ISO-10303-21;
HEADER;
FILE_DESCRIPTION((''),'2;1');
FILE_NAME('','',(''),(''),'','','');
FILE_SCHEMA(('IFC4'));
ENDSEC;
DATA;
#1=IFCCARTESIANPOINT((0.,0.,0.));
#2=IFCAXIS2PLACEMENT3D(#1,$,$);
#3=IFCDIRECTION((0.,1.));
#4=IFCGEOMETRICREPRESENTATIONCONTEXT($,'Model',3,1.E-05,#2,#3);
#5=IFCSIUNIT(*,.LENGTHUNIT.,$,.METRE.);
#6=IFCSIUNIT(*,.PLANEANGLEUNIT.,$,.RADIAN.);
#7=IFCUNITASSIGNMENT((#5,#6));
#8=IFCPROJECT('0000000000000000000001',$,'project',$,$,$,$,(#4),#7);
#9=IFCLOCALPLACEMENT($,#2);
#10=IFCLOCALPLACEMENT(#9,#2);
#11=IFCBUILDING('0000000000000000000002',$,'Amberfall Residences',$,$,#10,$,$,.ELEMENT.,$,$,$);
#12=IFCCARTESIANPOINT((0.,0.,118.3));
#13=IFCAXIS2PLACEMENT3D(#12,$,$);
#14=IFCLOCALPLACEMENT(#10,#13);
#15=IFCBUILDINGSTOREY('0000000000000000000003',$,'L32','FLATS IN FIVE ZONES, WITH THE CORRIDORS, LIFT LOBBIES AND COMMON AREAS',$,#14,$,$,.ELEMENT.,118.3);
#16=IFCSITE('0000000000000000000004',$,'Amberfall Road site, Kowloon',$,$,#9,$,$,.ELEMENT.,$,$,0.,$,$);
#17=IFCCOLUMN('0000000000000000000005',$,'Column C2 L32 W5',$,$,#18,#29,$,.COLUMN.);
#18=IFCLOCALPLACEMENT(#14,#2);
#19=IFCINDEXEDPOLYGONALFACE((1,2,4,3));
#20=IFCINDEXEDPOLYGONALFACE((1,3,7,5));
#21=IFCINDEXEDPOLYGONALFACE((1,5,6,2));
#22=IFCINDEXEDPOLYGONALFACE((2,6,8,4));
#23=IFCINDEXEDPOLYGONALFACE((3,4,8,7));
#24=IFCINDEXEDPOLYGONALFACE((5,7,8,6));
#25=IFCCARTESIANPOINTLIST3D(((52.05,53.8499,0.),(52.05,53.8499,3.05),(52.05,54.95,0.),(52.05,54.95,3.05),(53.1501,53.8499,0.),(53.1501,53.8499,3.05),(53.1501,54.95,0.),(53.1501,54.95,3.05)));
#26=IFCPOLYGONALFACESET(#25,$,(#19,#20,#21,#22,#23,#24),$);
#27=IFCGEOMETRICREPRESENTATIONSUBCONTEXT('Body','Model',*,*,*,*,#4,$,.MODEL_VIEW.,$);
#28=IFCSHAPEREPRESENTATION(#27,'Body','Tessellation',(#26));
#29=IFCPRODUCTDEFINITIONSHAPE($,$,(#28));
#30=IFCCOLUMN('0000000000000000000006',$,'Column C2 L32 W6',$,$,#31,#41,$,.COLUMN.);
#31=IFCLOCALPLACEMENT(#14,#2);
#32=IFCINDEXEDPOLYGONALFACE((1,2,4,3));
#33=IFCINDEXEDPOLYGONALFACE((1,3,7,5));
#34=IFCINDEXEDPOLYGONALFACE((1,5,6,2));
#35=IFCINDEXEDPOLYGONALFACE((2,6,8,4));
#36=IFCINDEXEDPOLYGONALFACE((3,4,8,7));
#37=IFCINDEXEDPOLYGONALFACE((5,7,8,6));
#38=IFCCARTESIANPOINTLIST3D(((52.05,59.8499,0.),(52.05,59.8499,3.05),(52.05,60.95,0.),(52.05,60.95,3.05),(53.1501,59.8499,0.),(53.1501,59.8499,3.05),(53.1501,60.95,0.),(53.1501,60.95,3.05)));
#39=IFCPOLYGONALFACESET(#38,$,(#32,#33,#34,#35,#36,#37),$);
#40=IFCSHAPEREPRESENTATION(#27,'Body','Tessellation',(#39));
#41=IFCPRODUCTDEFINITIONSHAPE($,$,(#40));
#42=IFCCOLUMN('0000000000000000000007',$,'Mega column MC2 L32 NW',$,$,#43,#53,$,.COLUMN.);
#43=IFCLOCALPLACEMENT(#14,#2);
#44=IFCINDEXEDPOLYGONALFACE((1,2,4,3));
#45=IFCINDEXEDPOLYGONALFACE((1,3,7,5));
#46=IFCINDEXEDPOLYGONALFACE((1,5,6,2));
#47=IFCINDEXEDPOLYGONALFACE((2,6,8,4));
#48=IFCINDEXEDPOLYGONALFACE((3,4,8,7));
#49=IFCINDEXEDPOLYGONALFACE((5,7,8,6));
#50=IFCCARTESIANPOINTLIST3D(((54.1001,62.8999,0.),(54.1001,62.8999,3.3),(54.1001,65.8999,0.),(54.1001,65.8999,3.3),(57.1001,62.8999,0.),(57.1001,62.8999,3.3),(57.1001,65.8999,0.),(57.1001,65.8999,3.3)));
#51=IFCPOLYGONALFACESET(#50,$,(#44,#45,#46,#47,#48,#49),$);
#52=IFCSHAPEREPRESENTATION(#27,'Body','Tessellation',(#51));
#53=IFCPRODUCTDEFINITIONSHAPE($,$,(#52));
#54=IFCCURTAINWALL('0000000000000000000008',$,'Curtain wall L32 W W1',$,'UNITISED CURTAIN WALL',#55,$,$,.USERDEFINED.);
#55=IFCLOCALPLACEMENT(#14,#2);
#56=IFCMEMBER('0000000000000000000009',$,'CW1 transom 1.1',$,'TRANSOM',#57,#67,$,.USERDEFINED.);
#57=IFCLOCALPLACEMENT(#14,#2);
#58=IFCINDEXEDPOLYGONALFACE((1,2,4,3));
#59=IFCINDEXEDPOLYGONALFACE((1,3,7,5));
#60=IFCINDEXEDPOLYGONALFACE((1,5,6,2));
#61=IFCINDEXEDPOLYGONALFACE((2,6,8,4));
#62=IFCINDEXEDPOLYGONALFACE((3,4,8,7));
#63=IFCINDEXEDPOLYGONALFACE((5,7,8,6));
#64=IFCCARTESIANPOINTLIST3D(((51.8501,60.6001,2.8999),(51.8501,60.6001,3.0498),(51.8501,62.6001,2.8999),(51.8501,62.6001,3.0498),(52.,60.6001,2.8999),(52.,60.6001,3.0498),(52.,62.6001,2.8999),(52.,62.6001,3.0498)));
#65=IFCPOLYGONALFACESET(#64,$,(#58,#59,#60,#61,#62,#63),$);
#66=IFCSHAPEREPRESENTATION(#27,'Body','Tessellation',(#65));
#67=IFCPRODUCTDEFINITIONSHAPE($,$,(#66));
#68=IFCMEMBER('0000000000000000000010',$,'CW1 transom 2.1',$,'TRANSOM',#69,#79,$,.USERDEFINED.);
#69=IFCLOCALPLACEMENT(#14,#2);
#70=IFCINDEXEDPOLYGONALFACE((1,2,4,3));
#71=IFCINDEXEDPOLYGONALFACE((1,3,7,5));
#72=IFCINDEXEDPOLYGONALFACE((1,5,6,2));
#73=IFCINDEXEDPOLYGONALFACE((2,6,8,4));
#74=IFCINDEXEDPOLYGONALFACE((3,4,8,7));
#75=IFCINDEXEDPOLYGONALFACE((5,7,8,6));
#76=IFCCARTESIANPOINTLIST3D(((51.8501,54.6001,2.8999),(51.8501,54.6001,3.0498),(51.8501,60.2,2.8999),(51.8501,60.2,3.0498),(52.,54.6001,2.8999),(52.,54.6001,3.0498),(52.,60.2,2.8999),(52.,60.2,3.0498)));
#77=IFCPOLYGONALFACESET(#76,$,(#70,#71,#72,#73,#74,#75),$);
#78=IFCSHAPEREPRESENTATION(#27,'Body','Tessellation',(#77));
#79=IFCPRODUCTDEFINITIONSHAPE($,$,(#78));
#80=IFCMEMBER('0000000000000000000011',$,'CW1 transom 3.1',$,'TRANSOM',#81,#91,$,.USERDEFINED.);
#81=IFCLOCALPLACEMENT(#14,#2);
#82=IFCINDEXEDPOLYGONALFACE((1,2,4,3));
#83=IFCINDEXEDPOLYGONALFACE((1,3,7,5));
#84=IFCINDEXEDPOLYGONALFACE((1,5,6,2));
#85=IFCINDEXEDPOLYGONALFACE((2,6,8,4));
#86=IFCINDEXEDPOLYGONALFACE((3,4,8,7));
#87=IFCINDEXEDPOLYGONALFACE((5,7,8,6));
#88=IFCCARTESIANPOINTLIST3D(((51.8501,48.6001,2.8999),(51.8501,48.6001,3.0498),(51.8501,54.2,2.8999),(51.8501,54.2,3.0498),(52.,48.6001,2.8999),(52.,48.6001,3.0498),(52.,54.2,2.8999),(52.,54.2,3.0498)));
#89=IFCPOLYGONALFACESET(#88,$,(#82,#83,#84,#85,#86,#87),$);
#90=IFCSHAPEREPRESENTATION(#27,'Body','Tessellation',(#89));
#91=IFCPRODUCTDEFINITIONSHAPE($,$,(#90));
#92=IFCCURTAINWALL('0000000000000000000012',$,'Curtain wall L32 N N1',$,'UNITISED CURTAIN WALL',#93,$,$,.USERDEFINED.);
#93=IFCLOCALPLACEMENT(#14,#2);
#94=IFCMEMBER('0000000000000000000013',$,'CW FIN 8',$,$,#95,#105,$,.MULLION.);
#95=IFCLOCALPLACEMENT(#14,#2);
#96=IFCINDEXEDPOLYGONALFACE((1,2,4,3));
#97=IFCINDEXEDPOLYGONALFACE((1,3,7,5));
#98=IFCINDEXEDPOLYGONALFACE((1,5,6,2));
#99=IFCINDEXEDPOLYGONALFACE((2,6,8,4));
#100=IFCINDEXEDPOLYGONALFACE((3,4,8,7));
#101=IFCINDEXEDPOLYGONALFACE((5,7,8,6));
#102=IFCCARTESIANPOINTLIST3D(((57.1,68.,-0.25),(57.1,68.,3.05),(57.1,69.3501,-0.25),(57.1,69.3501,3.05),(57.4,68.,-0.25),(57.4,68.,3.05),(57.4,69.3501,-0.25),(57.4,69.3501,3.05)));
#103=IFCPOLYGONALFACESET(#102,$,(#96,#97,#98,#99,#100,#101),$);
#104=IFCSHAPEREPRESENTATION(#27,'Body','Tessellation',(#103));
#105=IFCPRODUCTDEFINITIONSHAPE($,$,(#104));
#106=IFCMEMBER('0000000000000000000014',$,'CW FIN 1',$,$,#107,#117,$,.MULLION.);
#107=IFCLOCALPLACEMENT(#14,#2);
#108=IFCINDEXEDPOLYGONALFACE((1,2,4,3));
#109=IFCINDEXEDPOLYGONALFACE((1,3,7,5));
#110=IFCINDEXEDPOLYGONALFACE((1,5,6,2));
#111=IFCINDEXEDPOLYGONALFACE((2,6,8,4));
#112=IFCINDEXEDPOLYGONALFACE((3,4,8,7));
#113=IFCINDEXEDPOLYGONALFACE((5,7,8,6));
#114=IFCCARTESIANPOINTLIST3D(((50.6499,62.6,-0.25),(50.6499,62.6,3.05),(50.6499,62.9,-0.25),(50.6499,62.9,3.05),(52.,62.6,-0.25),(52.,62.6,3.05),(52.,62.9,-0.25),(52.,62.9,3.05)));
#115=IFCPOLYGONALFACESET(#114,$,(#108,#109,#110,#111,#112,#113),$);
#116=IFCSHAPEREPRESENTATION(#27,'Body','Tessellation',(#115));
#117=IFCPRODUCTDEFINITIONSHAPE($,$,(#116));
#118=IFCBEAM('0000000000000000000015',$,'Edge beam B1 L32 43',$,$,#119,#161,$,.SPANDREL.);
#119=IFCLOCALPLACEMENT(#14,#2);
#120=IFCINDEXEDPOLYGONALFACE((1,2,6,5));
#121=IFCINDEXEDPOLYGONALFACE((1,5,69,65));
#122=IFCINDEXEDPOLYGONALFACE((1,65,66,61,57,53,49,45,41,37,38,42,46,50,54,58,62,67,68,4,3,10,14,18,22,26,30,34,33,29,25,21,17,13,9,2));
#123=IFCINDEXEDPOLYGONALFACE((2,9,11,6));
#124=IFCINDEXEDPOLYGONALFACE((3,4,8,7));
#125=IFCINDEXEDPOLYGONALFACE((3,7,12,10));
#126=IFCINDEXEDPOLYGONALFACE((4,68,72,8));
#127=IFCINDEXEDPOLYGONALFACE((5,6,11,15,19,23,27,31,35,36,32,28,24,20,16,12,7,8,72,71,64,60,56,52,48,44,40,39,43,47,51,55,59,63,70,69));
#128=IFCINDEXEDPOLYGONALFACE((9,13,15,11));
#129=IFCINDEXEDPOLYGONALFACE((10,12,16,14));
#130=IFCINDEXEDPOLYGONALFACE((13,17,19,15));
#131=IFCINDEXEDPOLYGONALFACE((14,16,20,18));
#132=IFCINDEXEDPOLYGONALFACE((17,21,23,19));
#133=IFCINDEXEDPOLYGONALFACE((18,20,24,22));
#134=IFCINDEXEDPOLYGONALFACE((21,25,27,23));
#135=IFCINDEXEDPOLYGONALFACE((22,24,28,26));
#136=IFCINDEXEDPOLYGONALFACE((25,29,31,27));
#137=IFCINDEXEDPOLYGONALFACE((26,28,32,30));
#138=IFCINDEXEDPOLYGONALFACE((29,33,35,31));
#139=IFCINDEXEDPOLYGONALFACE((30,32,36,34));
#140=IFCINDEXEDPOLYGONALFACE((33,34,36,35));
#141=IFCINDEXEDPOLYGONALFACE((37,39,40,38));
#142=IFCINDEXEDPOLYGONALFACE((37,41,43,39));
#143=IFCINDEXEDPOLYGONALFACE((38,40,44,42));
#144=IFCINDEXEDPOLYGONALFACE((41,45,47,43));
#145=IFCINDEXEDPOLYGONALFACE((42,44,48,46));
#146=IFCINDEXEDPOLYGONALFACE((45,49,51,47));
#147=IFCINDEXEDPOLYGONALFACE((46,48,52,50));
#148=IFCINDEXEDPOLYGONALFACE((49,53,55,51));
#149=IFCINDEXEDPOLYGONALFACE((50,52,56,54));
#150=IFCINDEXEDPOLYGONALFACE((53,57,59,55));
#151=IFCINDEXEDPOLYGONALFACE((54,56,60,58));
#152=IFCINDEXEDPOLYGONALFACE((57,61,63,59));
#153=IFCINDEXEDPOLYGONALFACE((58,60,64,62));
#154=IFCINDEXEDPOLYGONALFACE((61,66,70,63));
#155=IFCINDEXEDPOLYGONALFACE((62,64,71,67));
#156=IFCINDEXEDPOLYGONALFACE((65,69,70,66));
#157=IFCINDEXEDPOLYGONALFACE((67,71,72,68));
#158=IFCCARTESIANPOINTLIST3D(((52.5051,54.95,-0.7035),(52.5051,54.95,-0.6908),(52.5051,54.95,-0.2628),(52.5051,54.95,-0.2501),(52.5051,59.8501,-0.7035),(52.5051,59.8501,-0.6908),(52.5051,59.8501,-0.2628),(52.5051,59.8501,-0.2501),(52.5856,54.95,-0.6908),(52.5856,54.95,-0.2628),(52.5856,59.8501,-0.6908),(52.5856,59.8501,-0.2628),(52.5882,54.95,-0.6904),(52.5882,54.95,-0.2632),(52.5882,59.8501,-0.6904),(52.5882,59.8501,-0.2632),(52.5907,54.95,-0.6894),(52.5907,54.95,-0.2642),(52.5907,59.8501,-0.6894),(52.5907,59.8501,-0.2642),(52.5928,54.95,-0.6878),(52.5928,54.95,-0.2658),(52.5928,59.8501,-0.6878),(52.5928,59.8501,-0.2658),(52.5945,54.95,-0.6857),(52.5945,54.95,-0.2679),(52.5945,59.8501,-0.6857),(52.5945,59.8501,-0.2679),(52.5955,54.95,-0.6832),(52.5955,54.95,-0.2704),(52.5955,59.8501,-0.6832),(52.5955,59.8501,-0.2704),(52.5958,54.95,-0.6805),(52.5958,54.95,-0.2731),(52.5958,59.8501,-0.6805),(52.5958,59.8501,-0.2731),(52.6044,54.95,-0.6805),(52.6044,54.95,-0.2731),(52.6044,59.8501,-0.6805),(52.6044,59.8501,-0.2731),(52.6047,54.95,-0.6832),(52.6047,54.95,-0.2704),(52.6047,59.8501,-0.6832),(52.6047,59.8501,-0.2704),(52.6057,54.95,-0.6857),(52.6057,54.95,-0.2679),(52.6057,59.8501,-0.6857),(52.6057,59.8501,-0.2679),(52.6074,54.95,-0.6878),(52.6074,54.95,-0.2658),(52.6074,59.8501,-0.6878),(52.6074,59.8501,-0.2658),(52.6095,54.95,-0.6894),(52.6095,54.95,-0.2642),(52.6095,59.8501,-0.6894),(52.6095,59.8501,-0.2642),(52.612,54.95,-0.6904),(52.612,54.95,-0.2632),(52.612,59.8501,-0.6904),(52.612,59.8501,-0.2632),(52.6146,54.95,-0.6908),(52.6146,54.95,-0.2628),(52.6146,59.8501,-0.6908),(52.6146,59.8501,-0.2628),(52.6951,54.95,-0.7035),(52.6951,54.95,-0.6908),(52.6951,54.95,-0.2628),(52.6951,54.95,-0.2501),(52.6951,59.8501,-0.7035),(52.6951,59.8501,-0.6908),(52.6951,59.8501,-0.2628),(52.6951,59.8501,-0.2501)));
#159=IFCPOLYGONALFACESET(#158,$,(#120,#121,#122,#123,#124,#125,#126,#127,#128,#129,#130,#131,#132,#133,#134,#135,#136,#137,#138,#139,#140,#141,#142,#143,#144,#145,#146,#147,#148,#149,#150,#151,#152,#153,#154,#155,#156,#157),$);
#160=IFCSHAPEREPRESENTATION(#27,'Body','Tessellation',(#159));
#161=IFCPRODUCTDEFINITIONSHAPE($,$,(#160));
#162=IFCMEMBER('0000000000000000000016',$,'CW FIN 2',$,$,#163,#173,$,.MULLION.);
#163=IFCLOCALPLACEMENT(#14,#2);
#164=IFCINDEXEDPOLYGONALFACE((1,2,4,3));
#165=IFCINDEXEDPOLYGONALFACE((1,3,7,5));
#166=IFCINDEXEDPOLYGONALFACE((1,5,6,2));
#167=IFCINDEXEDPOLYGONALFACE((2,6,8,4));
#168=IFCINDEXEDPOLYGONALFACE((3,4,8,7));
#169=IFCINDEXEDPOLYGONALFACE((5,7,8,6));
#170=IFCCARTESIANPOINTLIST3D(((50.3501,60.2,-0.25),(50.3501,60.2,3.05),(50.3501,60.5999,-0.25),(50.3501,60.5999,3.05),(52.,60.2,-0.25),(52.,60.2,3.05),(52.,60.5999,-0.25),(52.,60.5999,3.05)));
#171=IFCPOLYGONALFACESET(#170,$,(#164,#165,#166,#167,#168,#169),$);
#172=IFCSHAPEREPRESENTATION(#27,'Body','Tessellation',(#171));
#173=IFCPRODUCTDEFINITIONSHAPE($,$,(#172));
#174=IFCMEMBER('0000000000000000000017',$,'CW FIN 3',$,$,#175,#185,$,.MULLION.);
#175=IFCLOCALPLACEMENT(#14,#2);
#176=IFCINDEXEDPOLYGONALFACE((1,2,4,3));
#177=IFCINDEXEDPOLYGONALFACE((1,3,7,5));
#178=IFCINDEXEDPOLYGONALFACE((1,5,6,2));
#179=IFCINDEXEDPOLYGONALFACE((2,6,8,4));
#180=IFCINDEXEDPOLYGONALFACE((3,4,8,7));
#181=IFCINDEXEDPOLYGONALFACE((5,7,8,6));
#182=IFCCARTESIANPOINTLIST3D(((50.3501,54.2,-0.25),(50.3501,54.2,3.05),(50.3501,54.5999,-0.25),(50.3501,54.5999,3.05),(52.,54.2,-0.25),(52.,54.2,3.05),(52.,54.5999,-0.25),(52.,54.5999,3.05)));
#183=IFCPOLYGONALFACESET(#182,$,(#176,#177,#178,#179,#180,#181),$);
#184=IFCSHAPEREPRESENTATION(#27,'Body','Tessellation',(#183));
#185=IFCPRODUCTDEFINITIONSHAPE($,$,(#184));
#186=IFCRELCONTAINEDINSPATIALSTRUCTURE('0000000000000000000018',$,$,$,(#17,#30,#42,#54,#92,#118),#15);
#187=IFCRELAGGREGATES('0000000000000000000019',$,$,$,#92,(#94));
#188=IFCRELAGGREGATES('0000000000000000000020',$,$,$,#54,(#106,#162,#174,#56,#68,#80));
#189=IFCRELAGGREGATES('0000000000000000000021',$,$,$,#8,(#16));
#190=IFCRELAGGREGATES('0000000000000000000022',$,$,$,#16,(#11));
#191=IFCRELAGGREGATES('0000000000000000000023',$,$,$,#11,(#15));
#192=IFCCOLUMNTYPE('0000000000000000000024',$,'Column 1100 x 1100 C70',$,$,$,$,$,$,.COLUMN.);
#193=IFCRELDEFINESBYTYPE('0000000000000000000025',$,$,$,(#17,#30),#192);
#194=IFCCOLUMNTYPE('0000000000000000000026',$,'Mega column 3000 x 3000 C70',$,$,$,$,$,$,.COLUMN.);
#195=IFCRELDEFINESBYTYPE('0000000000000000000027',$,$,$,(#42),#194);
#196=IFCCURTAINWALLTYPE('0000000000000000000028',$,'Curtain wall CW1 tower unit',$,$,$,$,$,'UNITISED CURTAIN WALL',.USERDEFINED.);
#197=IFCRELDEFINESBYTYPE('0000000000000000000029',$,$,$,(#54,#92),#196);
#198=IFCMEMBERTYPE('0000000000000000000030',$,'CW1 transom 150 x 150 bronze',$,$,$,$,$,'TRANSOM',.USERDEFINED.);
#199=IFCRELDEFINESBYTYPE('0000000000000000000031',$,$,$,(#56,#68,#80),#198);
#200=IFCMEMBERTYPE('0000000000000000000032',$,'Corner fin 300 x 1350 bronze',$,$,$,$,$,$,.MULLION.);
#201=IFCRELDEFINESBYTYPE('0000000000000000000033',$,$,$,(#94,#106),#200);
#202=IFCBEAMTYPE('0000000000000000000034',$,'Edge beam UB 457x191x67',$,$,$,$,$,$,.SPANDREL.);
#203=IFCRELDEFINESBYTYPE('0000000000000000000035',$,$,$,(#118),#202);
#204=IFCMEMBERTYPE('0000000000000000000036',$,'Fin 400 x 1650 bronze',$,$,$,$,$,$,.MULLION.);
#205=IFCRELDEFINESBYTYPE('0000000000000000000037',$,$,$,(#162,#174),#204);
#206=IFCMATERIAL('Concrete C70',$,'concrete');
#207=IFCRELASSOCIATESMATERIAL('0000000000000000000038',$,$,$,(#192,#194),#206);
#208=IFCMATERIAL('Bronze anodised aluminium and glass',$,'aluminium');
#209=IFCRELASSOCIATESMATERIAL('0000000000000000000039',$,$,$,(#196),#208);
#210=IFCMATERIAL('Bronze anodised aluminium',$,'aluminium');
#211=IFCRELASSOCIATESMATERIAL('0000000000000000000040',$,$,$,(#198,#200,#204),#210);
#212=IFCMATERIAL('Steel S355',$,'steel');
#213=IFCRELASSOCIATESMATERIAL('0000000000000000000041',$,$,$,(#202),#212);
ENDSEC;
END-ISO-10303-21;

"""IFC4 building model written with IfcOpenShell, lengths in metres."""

from ifc_helpers import new_model, si_unit, direction, frame, origin, origin_2d, place, context, subcontext, project, spatial, rectangle, i_section, extrude, material, material_profile, profile_set, type_object, element, aggregate, save


model = new_model("IFC4")

# Units and contexts
model_context = context("Model", 3, precision=1e-05, world=origin(), true_north=direction((0.0, 1.0)))
body_context = subcontext(model_context, "Body", "Model", "MODEL_VIEW")
ifc_project = project(units=[si_unit("LENGTHUNIT", "METRE"), si_unit("PLANEANGLEUNIT", "RADIAN")], contexts=[model_context])

# Site, building, storey
site_placement = place(None, origin())
site = spatial("IfcSite", under=ifc_project, at=site_placement, Name="Amberfall Road site, Kowloon", CompositionType="ELEMENT", RefElevation=0.0)
building_placement = place(site_placement, origin())
building = spatial("IfcBuilding", under=site, at=building_placement, Name="Amberfall Residences", CompositionType="ELEMENT")
storey_placement = place(building_placement, frame((0.0, 0.0, 118.3)))
storey = spatial("IfcBuildingStorey", under=building, at=storey_placement, Name="L32", Description="FLATS IN FIVE ZONES, WITH THE CORRIDORS, LIFT LOBBIES AND COMMON AREAS", CompositionType="ELEMENT", Elevation=118.3)

# Columns
ifc_material_1 = material(Name="Concrete C70", Category="concrete")
ifc_material_profile_1 = material_profile(ifc_material_1, rectangle(XDim=1.1001, YDim=1.1001, at=origin_2d()), Name="Column 1100 x 1100 C70")
ifc_profile_set_1 = profile_set([ifc_material_profile_1], Name="Concrete C70")
column_type_1 = type_object("IfcColumnType", Name="Column 1100 x 1100 C70", PredefinedType="COLUMN", material=ifc_profile_set_1)
for number, where, z_axis, x_axis, name in (
    (1, (52.6001, 54.3999, 0.0), (0.0, 0.0, 1.0), (1.0, 0.0, 0.0), "Column C2 L32 W5"),
    (2, (52.6001, 60.3999, 0.0), (0.0, 0.0, 1.0), (1.0, 0.0, 0.0), "Column C2 L32 W6"),
):
    element("IfcColumn", number, at=place(storey_placement, frame(where, z_axis=z_axis, x_axis=x_axis)), inside=storey, type_object=column_type_1, Name=name, PredefinedType="COLUMN", context=body_context, shape_type="SweptSolid", body=[
        extrude(rectangle(XDim=1.1001, YDim=1.1001, at=origin_2d()), origin(), (0.0, 0.0, 1.0), 3.05),
    ])
ifc_material_profile_2 = material_profile(ifc_material_1, rectangle(XDim=3.0, YDim=3.0, at=origin_2d()), Name="Mega column 3000 x 3000 C70")
ifc_profile_set_2 = profile_set([ifc_material_profile_2], Name="Concrete C70")
column_type_2 = type_object("IfcColumnType", Name="Mega column 3000 x 3000 C70", PredefinedType="COLUMN", material=ifc_profile_set_2)
column_placement = place(storey_placement, frame((55.6001, 64.3999, 0.0), z_axis=(0.0, 0.0, 1.0), x_axis=(1.0, 0.0, 0.0)))
element("IfcColumn", 3, at=column_placement, inside=storey, type_object=column_type_2, Name="Mega column MC2 L32 NW", PredefinedType="COLUMN", context=body_context, shape_type="SweptSolid", body=[
    extrude(rectangle(XDim=3.0, YDim=3.0, at=origin_2d()), origin(), (0.0, 0.0, 1.0), 3.3),
])

# Curtain wall, members
ifc_material_2 = material(Name="Bronze anodised aluminium and glass", Category="aluminium")
curtain_wall_type = type_object("IfcCurtainWallType", Name="Curtain wall CW1 tower unit", ElementType="UNITISED CURTAIN WALL", PredefinedType="USERDEFINED", material=ifc_material_2)
curtain_wall_1_placement = place(storey_placement, origin())
curtain_wall_1 = element("IfcCurtainWall", 4, at=curtain_wall_1_placement, inside=storey, type_object=curtain_wall_type, Name="Curtain wall L32 W W1", ObjectType="UNITISED CURTAIN WALL", PredefinedType="USERDEFINED")
ifc_material_3 = material(Name="Bronze anodised aluminium", Category="aluminium")
ifc_material_profile_3 = material_profile(ifc_material_3, rectangle(XDim=0.1499, YDim=0.1499, at=origin_2d()), Name="CW1 transom 150 x 150 bronze")
ifc_profile_set_3 = profile_set([ifc_material_profile_3], Name="Bronze anodised aluminium")
member_type_1 = type_object("IfcMemberType", Name="CW1 transom 150 x 150 bronze", ElementType="TRANSOM", PredefinedType="USERDEFINED", material=ifc_profile_set_3)
member_1_placement = place(storey_placement, frame((51.925, 62.6001, 2.9749), z_axis=(0.0, -1.0, 0.0), x_axis=(1.0, 0.0, 0.0)))
member_1 = element("IfcMember", 5, at=member_1_placement, type_object=member_type_1, Name="CW1 transom 1.1", ObjectType="TRANSOM", PredefinedType="USERDEFINED", context=body_context, shape_type="SweptSolid", body=[
    extrude(rectangle(XDim=0.1499, YDim=0.1499, at=origin_2d()), origin(), (0.0, 0.0, 1.0), 2.0),
])
member_2_placement = place(storey_placement, frame((51.925, 60.2, 2.9749), z_axis=(0.0, -1.0, 0.0), x_axis=(1.0, 0.0, 0.0)))
member_2 = element("IfcMember", 6, at=member_2_placement, type_object=member_type_1, Name="CW1 transom 2.1", ObjectType="TRANSOM", PredefinedType="USERDEFINED", context=body_context, shape_type="SweptSolid", body=[
    extrude(rectangle(XDim=0.1499, YDim=0.1499, at=origin_2d()), origin(), (0.0, 0.0, 1.0), 5.5999),
])
member_3_placement = place(storey_placement, frame((51.925, 54.2, 2.9749), z_axis=(0.0, -1.0, 0.0), x_axis=(1.0, 0.0, 0.0)))
member_3 = element("IfcMember", 7, at=member_3_placement, type_object=member_type_1, Name="CW1 transom 3.1", ObjectType="TRANSOM", PredefinedType="USERDEFINED", context=body_context, shape_type="SweptSolid", body=[
    extrude(rectangle(XDim=0.1499, YDim=0.1499, at=origin_2d()), origin(), (0.0, 0.0, 1.0), 5.5999),
])

# Curtain wall, member
curtain_wall_2_placement = place(storey_placement, origin())
curtain_wall_2 = element("IfcCurtainWall", 8, at=curtain_wall_2_placement, inside=storey, type_object=curtain_wall_type, Name="Curtain wall L32 N N1", ObjectType="UNITISED CURTAIN WALL", PredefinedType="USERDEFINED")
ifc_material_profile_4 = material_profile(ifc_material_3, rectangle(XDim=1.3501, YDim=0.3, at=origin_2d()), Name="Corner fin 300 x 1350 bronze")
ifc_profile_set_4 = profile_set([ifc_material_profile_4], Name="Bronze anodised aluminium")
member_type_2 = type_object("IfcMemberType", Name="Corner fin 300 x 1350 bronze", PredefinedType="MULLION", material=ifc_profile_set_4)
member_4_placement = place(storey_placement, frame((57.25, 68.675, -0.25), z_axis=(0.0, 0.0, 1.0), x_axis=(0.0, -1.0, 0.0)))
member_4 = element("IfcMember", 9, at=member_4_placement, type_object=member_type_2, Name="CW FIN 8", PredefinedType="MULLION", context=body_context, shape_type="SweptSolid", body=[
    extrude(rectangle(XDim=1.3501, YDim=0.3, at=origin_2d()), origin(), (0.0, 0.0, 1.0), 3.3),
])

# Member
member_5_placement = place(storey_placement, frame((51.325, 62.75, -0.25), z_axis=(0.0, 0.0, 1.0), x_axis=(1.0, 0.0, 0.0)))
member_5 = element("IfcMember", 10, at=member_5_placement, type_object=member_type_2, Name="CW FIN 1", PredefinedType="MULLION", context=body_context, shape_type="SweptSolid", body=[
    extrude(rectangle(XDim=1.3501, YDim=0.3, at=origin_2d()), origin(), (0.0, 0.0, 1.0), 3.3),
])

# Beam
ifc_material_4 = material(Name="Steel S355", Category="steel")
ifc_material_profile_5 = material_profile(ifc_material_4, i_section(OverallWidth=0.1899, OverallDepth=0.4534, WebThickness=0.0085, FlangeThickness=0.0127, FilletRadius=0.0103, at=origin_2d()), Name="UB 457x191x67")
ifc_profile_set_5 = profile_set([ifc_material_profile_5], Name="Steel S355")
beam_type_1 = type_object("IfcBeamType", Name="Edge beam UB 457x191x67", PredefinedType="SPANDREL", material=ifc_profile_set_5)
beam_1_placement = place(storey_placement, frame((52.6001, 54.95, -0.4768), z_axis=(0.0, 1.0, 0.0), x_axis=(-1.0, 0.0, 0.0)))
element("IfcBeam", 11, at=beam_1_placement, inside=storey, type_object=beam_type_1, Name="Edge beam B1 L32 43", PredefinedType="SPANDREL", context=body_context, shape_type="SweptSolid", body=[
    extrude(i_section(OverallWidth=0.1899, OverallDepth=0.4534, WebThickness=0.0085, FlangeThickness=0.0127, FilletRadius=0.0103, at=origin_2d()), origin(), (0.0, 0.0, 1.0), 4.9001),
])

# Members
ifc_material_profile_6 = material_profile(ifc_material_3, rectangle(XDim=1.6499, YDim=0.3999, at=origin_2d()), Name="Fin 400 x 1650 bronze")
ifc_profile_set_6 = profile_set([ifc_material_profile_6], Name="Bronze anodised aluminium")
member_type_3 = type_object("IfcMemberType", Name="Fin 400 x 1650 bronze", PredefinedType="MULLION", material=ifc_profile_set_6)
member_6_placement = place(storey_placement, frame((51.175, 60.3999, -0.25), z_axis=(0.0, 0.0, 1.0), x_axis=(1.0, 0.0, 0.0)))
member_6 = element("IfcMember", 12, at=member_6_placement, type_object=member_type_3, Name="CW FIN 2", PredefinedType="MULLION", context=body_context, shape_type="SweptSolid", body=[
    extrude(rectangle(XDim=1.6499, YDim=0.3999, at=origin_2d()), origin(), (0.0, 0.0, 1.0), 3.3),
])
member_7_placement = place(storey_placement, frame((51.175, 54.3999, -0.25), z_axis=(0.0, 0.0, 1.0), x_axis=(1.0, 0.0, 0.0)))
member_7 = element("IfcMember", 13, at=member_7_placement, type_object=member_type_3, Name="CW FIN 3", PredefinedType="MULLION", context=body_context, shape_type="SweptSolid", body=[
    extrude(rectangle(XDim=1.6499, YDim=0.3999, at=origin_2d()), origin(), (0.0, 0.0, 1.0), 3.3),
])

aggregate(curtain_wall_2, [member_4])
aggregate(curtain_wall_1, [member_5, member_6, member_7, member_1, member_2, member_3])

save(model, "model.ifc")
